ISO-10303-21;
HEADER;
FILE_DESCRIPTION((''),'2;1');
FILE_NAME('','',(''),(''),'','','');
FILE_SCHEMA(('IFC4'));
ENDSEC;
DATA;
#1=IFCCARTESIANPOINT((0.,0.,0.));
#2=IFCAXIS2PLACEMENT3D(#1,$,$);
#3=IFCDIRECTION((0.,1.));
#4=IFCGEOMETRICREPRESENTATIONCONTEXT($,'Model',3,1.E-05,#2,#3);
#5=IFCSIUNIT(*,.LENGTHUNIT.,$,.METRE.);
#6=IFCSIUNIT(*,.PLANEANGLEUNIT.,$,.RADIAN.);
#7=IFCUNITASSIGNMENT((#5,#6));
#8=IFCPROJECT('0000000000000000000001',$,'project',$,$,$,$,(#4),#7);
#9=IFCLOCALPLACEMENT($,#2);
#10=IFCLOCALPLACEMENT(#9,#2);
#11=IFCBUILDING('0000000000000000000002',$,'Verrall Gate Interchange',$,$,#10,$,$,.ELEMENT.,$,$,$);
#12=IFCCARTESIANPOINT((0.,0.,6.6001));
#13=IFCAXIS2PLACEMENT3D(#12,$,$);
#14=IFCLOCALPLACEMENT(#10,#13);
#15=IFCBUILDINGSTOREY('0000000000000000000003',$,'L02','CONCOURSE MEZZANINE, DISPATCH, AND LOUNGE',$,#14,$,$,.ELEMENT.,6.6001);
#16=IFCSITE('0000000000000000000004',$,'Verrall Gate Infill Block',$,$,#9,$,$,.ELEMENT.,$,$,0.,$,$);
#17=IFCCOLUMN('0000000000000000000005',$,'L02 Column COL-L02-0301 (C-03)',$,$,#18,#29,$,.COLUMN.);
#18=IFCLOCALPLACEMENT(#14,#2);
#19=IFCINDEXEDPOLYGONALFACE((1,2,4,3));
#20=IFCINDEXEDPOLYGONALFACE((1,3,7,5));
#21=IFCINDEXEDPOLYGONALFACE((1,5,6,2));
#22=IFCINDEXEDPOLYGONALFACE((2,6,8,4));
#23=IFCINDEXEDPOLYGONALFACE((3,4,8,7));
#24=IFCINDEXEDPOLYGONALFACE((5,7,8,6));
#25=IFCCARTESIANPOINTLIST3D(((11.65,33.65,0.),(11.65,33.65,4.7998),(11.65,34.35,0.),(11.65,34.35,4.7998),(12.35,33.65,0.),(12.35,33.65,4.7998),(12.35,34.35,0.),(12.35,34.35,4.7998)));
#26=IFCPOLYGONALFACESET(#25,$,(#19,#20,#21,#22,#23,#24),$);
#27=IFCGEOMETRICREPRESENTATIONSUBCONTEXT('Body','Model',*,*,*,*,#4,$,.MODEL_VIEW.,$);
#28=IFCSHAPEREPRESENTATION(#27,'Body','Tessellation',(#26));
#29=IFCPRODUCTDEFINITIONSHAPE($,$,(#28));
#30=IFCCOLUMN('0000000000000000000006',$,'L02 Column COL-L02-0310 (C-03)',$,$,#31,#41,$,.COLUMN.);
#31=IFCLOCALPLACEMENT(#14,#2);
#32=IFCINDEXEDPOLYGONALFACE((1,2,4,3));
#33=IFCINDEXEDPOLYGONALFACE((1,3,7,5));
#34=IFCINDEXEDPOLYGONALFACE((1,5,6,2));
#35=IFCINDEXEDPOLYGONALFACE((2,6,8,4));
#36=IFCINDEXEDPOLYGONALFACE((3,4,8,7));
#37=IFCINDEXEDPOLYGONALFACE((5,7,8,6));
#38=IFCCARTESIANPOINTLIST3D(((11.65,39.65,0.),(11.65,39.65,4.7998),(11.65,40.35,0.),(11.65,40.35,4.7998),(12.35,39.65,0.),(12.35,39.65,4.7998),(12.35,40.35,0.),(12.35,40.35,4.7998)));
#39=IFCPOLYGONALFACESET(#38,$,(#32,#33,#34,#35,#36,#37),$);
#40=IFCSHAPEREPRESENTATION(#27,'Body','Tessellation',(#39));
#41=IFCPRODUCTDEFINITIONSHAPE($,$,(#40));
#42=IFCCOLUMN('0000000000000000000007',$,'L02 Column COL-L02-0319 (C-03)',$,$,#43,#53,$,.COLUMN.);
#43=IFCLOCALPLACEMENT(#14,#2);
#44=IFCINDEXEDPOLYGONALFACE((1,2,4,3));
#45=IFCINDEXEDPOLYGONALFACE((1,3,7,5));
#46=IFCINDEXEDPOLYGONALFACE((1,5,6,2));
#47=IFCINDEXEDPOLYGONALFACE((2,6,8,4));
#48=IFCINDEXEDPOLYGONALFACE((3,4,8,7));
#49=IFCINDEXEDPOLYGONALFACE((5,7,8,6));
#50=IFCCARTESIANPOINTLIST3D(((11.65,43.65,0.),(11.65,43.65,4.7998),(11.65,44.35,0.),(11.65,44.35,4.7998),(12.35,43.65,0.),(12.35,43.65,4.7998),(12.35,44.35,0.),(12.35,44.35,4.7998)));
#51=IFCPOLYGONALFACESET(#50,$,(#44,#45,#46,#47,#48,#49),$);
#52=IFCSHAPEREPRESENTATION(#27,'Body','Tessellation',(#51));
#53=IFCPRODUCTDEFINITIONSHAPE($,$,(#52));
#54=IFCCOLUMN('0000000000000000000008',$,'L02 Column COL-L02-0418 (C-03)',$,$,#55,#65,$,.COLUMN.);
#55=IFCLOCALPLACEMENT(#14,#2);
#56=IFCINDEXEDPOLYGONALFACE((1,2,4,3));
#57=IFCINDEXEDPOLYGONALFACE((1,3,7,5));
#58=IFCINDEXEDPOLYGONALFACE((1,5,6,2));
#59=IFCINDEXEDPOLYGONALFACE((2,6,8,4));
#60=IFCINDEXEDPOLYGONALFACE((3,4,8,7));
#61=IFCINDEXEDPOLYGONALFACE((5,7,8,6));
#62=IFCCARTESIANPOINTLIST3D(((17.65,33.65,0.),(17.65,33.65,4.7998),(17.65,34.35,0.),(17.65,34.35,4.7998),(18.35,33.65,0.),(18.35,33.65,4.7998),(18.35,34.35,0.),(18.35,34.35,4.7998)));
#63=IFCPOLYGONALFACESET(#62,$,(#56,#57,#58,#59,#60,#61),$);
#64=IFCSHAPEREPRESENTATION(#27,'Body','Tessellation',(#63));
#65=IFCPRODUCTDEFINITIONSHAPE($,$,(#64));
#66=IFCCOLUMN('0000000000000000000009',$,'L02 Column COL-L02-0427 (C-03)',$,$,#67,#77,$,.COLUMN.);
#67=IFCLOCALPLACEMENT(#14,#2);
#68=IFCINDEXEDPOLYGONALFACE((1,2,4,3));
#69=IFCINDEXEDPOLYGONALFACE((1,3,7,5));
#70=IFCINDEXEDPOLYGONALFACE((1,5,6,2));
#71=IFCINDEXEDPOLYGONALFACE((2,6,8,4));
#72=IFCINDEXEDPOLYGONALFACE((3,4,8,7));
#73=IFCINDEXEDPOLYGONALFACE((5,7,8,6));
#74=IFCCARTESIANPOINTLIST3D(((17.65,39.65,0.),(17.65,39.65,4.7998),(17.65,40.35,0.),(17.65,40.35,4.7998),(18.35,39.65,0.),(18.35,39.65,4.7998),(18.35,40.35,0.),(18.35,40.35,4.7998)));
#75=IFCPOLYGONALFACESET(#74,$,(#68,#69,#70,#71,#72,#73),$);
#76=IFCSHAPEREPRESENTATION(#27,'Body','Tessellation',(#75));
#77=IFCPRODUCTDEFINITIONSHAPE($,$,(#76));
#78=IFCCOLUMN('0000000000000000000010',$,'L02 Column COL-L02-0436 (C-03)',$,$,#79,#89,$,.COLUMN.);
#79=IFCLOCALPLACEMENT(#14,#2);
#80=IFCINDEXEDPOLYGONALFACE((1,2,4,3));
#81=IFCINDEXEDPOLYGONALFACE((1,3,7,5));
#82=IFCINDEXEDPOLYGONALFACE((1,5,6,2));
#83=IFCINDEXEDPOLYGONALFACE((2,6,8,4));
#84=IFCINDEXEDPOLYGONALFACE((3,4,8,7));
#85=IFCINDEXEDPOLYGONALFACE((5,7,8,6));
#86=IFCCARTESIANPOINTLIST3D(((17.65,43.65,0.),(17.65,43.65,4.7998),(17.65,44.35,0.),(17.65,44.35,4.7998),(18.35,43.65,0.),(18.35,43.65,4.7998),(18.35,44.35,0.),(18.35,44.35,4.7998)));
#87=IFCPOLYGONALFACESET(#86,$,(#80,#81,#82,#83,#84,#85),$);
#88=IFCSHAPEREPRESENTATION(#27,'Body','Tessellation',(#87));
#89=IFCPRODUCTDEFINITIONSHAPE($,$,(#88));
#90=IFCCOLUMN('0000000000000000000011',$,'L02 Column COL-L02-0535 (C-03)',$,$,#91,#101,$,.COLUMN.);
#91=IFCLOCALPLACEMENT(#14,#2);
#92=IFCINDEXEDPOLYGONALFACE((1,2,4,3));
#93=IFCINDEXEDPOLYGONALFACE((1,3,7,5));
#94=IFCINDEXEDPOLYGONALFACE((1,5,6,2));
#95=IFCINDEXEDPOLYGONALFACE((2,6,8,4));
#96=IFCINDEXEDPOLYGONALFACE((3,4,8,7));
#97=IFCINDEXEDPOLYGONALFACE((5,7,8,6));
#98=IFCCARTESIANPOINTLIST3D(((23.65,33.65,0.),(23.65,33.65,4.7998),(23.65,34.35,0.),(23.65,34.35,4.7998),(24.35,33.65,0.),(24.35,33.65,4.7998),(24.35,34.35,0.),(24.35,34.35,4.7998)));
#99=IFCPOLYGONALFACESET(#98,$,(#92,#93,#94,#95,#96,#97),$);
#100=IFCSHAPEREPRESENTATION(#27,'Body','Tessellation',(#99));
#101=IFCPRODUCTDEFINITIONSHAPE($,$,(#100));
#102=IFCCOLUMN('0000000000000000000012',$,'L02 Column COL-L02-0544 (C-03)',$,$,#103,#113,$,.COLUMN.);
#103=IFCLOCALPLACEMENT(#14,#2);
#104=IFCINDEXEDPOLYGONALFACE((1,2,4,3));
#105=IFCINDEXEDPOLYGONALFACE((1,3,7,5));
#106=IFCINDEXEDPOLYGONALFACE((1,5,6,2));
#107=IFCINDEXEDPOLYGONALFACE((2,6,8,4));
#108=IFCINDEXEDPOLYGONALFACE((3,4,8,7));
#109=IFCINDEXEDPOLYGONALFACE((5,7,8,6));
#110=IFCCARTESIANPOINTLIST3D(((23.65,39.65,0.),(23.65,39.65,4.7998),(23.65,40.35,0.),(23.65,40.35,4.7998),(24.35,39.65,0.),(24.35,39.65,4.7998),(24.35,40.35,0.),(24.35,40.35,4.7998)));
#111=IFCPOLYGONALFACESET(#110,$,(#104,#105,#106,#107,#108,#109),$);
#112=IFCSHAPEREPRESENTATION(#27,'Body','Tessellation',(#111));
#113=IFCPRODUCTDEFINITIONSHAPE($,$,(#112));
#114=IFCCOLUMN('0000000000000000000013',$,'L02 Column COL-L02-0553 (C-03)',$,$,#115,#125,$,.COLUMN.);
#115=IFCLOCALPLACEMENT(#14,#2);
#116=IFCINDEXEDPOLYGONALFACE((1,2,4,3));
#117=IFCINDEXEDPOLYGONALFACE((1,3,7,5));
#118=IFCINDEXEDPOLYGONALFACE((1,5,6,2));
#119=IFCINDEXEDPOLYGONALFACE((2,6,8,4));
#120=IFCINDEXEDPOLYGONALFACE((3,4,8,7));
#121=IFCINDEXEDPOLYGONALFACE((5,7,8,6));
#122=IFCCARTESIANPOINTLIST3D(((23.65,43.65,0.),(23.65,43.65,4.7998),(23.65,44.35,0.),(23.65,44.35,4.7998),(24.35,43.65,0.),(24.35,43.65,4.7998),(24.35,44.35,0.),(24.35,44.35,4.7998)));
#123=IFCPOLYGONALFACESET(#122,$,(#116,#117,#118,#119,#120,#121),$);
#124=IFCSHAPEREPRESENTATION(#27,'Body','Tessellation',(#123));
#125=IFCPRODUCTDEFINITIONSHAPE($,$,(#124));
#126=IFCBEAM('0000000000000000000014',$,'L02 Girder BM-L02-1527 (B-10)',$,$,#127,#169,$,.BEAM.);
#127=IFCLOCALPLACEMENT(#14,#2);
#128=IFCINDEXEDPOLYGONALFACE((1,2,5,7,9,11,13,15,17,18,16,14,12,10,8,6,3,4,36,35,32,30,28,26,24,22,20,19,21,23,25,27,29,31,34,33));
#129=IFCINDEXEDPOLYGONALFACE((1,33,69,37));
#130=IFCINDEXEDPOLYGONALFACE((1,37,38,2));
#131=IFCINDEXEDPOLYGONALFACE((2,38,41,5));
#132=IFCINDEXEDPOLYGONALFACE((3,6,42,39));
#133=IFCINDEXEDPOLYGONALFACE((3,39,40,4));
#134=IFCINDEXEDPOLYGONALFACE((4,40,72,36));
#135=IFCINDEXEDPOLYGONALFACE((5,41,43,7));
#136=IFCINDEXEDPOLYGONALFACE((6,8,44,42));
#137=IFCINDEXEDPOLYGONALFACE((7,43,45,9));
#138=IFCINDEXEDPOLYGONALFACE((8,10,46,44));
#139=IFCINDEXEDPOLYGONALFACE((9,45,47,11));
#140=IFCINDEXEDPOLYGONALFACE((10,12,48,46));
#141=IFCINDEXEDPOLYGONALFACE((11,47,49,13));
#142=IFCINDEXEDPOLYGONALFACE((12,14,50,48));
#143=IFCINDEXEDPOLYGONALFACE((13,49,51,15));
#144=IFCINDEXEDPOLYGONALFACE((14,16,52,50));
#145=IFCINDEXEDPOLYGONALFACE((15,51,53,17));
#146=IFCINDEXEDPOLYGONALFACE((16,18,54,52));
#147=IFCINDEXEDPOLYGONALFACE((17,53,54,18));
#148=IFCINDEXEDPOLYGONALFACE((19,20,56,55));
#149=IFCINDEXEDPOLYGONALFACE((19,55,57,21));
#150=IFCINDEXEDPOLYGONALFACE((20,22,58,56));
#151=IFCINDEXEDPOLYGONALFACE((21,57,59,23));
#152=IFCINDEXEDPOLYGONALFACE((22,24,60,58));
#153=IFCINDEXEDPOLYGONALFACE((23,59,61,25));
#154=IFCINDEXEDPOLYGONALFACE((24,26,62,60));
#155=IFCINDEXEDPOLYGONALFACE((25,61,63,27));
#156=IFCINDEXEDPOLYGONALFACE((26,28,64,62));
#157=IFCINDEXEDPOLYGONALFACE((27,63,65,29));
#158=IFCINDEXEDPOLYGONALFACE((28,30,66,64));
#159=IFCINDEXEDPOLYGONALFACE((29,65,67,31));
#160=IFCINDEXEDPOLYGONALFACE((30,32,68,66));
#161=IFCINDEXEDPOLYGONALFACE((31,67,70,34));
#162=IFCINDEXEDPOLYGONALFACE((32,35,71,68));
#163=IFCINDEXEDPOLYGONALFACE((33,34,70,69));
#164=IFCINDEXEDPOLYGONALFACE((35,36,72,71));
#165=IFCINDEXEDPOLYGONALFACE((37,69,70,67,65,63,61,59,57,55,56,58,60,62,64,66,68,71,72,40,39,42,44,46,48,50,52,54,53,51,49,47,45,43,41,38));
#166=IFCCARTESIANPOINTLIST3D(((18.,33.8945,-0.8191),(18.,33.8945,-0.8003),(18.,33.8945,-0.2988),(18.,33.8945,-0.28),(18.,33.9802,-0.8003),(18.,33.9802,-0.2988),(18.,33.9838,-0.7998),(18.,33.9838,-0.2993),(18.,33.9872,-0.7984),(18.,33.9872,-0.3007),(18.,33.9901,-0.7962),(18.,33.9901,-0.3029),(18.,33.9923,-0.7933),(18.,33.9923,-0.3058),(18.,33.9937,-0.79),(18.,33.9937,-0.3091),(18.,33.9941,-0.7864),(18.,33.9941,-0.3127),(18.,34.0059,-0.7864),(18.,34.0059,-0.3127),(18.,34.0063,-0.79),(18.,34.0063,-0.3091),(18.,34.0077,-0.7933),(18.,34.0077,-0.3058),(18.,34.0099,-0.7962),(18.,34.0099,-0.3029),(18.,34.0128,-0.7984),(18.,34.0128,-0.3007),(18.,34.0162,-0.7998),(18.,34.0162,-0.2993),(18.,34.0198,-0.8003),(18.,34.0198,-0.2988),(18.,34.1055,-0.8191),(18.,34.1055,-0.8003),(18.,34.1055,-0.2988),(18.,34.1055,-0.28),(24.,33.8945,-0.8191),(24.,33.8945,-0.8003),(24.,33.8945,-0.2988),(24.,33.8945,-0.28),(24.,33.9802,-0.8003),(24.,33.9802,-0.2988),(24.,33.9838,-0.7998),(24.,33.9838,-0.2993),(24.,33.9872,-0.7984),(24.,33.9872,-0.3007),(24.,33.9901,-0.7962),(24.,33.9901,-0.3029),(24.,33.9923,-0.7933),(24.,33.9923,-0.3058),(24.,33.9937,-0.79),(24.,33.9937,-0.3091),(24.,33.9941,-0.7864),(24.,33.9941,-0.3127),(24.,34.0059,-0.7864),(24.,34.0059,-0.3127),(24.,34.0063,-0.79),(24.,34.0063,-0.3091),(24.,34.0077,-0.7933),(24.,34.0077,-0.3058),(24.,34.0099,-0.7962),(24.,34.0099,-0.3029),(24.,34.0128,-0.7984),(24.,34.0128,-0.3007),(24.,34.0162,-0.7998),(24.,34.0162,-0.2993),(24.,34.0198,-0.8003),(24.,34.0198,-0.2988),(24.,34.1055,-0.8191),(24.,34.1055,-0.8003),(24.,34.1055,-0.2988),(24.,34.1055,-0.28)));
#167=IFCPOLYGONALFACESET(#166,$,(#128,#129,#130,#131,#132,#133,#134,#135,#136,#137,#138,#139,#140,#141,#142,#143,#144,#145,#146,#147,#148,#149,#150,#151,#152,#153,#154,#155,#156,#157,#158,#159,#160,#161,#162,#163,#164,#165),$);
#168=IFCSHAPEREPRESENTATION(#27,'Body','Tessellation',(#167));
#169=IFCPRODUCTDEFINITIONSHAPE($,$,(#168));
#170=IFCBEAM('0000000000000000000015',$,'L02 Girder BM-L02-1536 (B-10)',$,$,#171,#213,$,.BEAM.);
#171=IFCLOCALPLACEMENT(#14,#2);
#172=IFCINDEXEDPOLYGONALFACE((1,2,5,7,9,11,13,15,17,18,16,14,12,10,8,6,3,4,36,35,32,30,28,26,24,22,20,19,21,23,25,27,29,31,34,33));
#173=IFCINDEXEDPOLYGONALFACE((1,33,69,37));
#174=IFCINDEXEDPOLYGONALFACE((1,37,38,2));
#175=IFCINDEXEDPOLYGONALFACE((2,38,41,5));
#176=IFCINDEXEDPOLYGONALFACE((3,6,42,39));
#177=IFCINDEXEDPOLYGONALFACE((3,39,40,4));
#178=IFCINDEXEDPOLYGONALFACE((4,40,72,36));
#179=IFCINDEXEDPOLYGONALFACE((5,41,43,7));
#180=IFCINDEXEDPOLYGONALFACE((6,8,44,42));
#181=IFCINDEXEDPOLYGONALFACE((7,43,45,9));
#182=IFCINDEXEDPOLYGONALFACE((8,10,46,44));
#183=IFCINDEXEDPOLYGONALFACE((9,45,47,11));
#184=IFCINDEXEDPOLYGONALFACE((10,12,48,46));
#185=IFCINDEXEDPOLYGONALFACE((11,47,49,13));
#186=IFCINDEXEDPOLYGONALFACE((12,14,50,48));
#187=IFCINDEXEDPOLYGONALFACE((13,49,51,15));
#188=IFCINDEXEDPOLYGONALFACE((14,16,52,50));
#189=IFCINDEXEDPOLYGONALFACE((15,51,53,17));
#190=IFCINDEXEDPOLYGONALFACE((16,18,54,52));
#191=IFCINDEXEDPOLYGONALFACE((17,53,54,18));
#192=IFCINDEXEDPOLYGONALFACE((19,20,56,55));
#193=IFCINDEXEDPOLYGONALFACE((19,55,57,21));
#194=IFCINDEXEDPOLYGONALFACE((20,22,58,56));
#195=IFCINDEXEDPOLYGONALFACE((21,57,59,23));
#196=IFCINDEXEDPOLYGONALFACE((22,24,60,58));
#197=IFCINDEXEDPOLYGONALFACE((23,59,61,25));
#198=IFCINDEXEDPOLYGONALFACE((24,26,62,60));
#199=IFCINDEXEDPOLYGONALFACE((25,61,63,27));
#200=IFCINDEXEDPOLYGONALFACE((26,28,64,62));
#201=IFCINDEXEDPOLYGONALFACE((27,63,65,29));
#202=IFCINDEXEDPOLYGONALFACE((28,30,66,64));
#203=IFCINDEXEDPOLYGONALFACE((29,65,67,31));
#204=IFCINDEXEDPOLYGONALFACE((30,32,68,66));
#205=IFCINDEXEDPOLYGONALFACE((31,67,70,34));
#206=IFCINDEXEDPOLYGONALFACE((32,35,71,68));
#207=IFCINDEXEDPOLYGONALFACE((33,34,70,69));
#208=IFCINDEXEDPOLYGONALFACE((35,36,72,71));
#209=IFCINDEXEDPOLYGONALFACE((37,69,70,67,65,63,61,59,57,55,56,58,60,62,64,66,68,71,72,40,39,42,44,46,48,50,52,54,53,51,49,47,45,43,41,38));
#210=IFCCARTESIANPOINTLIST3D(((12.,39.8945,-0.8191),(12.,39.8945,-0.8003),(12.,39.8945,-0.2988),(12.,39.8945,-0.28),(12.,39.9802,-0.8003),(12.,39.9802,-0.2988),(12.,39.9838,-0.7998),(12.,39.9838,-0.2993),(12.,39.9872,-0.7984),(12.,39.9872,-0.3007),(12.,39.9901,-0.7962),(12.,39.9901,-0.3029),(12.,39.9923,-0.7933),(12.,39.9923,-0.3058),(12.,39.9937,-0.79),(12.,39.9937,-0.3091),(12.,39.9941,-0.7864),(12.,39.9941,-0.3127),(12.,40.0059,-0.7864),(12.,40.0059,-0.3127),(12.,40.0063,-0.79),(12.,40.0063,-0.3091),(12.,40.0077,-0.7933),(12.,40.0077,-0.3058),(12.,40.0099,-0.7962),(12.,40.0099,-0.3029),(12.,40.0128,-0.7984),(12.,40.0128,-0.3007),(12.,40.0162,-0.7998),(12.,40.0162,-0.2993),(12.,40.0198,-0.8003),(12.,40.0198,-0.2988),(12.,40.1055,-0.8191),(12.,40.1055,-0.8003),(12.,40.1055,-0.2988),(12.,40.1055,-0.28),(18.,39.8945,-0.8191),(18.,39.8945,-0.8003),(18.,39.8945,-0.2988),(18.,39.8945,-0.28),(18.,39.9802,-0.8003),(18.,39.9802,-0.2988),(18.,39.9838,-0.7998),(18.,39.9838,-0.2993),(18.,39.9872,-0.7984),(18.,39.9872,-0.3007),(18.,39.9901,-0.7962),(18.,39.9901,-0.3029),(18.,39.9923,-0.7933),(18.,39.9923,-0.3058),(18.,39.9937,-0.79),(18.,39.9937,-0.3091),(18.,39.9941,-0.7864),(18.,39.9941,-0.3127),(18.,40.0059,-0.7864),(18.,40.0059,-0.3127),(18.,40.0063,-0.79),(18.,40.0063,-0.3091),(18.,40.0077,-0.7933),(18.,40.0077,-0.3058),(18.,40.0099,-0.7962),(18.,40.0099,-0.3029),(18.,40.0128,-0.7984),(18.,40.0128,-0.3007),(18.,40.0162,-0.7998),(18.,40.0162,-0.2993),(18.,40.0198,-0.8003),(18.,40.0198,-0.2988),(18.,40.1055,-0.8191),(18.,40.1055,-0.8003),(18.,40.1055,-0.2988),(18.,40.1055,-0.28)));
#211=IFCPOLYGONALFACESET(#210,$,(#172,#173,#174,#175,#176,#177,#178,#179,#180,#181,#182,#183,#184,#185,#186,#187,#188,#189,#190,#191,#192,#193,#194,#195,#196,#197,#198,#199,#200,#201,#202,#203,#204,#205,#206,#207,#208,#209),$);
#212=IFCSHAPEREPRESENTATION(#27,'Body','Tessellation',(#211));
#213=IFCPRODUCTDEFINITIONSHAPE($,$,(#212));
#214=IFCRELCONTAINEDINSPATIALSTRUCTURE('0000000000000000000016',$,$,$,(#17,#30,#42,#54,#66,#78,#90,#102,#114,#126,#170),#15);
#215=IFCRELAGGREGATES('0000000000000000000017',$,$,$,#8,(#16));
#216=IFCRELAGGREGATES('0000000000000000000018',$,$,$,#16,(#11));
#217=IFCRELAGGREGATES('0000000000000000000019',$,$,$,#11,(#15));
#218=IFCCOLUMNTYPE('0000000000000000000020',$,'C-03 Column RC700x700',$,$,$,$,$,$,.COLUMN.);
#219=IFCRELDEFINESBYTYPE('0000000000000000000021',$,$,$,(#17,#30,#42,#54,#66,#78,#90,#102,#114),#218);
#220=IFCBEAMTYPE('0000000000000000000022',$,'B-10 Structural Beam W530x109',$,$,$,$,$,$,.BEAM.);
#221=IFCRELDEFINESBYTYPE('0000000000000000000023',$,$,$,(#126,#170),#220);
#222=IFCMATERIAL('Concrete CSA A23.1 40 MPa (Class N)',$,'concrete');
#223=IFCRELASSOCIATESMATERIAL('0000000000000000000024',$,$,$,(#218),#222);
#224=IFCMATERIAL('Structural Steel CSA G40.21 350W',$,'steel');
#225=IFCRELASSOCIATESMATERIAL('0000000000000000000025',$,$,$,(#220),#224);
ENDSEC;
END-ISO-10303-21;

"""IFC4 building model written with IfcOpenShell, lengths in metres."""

from ifc_helpers import new_model, si_unit, direction, frame, origin, origin_2d, place, context, subcontext, project, spatial, rectangle, i_section, extrude, material, material_profile, profile_set, type_object, element, save


model = new_model("IFC4")

# Units and contexts
model_context = context("Model", 3, precision=1e-05, world=origin(), true_north=direction((0.0, 1.0)))
body_context = subcontext(model_context, "Body", "Model", "MODEL_VIEW")
ifc_project = project(units=[si_unit("LENGTHUNIT", "METRE"), si_unit("PLANEANGLEUNIT", "RADIAN")], contexts=[model_context])

# Site, building, storey
site_placement = place(None, origin())
site = spatial("IfcSite", under=ifc_project, at=site_placement, Name="Verrall Gate Infill Block", CompositionType="ELEMENT", RefElevation=0.0)
building_placement = place(site_placement, origin())
building = spatial("IfcBuilding", under=site, at=building_placement, Name="Verrall Gate Interchange", CompositionType="ELEMENT")
storey_placement = place(building_placement, frame((0.0, 0.0, 6.6001)))
storey = spatial("IfcBuildingStorey", under=building, at=storey_placement, Name="L02", Description="CONCOURSE MEZZANINE, DISPATCH, AND LOUNGE", CompositionType="ELEMENT", Elevation=6.6001)

# Columns
ifc_material_1 = material(Name="Concrete CSA A23.1 40 MPa (Class N)", Category="concrete")
ifc_material_profile_1 = material_profile(ifc_material_1, rectangle(XDim=0.7, YDim=0.7, at=origin_2d()), Name="RC700x700")
ifc_profile_set_1 = profile_set([ifc_material_profile_1], Name="Concrete CSA A23.1 40 MPa (Class N)")
column_type = type_object("IfcColumnType", Name="C-03 Column RC700x700", PredefinedType="COLUMN", material=ifc_profile_set_1)
for number, where, z_axis, x_axis, name in (
    (1, (12.0, 34.0, 0.0), (0.0, 0.0, 1.0), (1.0, 0.0, 0.0), "L02 Column COL-L02-0301 (C-03)"),
    (2, (12.0, 40.0, 0.0), (0.0, 0.0, 1.0), (1.0, 0.0, 0.0), "L02 Column COL-L02-0310 (C-03)"),
    (3, (12.0, 44.0, 0.0), (0.0, 0.0, 1.0), (1.0, 0.0, 0.0), "L02 Column COL-L02-0319 (C-03)"),
    (4, (18.0, 34.0, 0.0), (0.0, 0.0, 1.0), (1.0, 0.0, 0.0), "L02 Column COL-L02-0418 (C-03)"),
    (5, (18.0, 40.0, 0.0), (0.0, 0.0, 1.0), (1.0, 0.0, 0.0), "L02 Column COL-L02-0427 (C-03)"),
    (6, (18.0, 44.0, 0.0), (0.0, 0.0, 1.0), (1.0, 0.0, 0.0), "L02 Column COL-L02-0436 (C-03)"),
    (7, (24.0, 34.0, 0.0), (0.0, 0.0, 1.0), (1.0, 0.0, 0.0), "L02 Column COL-L02-0535 (C-03)"),
    (8, (24.0, 40.0, 0.0), (0.0, 0.0, 1.0), (1.0, 0.0, 0.0), "L02 Column COL-L02-0544 (C-03)"),
    (9, (24.0, 44.0, 0.0), (0.0, 0.0, 1.0), (1.0, 0.0, 0.0), "L02 Column COL-L02-0553 (C-03)"),
):
    element("IfcColumn", number, at=place(storey_placement, frame(where, z_axis=z_axis, x_axis=x_axis)), inside=storey, type_object=column_type, Name=name, PredefinedType="COLUMN", context=body_context, shape_type="SweptSolid", body=[
        extrude(rectangle(XDim=0.7, YDim=0.7, at=origin_2d()), origin(), (0.0, 0.0, 1.0), 4.7998),
    ])

# Beams
ifc_material_2 = material(Name="Structural Steel CSA G40.21 350W", Category="steel")
ifc_material_profile_2 = material_profile(ifc_material_2, i_section(OverallWidth=0.2109, OverallDepth=0.5391, WebThickness=0.0117, FlangeThickness=0.0188, FilletRadius=0.0139, at=origin_2d()), Name="W530x109")
ifc_profile_set_2 = profile_set([ifc_material_profile_2], Name="Structural Steel CSA G40.21 350W")
beam_type_1 = type_object("IfcBeamType", Name="B-10 Structural Beam W530x109", PredefinedType="BEAM", material=ifc_profile_set_2)
for number, where, z_axis, x_axis, name in (
    (10, (18.0, 34.0, -0.5496), (1.0, 0.0, 0.0), (0.0, 1.0, 0.0), "L02 Girder BM-L02-1527 (B-10)"),
    (11, (12.0, 40.0, -0.5496), (1.0, 0.0, 0.0), (0.0, 1.0, 0.0), "L02 Girder BM-L02-1536 (B-10)"),
):
    element("IfcBeam", number, at=place(storey_placement, frame(where, z_axis=z_axis, x_axis=x_axis)), inside=storey, type_object=beam_type_1, Name=name, PredefinedType="BEAM", context=body_context, shape_type="SweptSolid", body=[
        extrude(i_section(OverallWidth=0.2109, OverallDepth=0.5391, WebThickness=0.0117, FlangeThickness=0.0188, FilletRadius=0.0139, at=origin_2d()), origin(), (0.0, 0.0, 1.0), 6.0),
    ])

save(model, "model.ifc")
